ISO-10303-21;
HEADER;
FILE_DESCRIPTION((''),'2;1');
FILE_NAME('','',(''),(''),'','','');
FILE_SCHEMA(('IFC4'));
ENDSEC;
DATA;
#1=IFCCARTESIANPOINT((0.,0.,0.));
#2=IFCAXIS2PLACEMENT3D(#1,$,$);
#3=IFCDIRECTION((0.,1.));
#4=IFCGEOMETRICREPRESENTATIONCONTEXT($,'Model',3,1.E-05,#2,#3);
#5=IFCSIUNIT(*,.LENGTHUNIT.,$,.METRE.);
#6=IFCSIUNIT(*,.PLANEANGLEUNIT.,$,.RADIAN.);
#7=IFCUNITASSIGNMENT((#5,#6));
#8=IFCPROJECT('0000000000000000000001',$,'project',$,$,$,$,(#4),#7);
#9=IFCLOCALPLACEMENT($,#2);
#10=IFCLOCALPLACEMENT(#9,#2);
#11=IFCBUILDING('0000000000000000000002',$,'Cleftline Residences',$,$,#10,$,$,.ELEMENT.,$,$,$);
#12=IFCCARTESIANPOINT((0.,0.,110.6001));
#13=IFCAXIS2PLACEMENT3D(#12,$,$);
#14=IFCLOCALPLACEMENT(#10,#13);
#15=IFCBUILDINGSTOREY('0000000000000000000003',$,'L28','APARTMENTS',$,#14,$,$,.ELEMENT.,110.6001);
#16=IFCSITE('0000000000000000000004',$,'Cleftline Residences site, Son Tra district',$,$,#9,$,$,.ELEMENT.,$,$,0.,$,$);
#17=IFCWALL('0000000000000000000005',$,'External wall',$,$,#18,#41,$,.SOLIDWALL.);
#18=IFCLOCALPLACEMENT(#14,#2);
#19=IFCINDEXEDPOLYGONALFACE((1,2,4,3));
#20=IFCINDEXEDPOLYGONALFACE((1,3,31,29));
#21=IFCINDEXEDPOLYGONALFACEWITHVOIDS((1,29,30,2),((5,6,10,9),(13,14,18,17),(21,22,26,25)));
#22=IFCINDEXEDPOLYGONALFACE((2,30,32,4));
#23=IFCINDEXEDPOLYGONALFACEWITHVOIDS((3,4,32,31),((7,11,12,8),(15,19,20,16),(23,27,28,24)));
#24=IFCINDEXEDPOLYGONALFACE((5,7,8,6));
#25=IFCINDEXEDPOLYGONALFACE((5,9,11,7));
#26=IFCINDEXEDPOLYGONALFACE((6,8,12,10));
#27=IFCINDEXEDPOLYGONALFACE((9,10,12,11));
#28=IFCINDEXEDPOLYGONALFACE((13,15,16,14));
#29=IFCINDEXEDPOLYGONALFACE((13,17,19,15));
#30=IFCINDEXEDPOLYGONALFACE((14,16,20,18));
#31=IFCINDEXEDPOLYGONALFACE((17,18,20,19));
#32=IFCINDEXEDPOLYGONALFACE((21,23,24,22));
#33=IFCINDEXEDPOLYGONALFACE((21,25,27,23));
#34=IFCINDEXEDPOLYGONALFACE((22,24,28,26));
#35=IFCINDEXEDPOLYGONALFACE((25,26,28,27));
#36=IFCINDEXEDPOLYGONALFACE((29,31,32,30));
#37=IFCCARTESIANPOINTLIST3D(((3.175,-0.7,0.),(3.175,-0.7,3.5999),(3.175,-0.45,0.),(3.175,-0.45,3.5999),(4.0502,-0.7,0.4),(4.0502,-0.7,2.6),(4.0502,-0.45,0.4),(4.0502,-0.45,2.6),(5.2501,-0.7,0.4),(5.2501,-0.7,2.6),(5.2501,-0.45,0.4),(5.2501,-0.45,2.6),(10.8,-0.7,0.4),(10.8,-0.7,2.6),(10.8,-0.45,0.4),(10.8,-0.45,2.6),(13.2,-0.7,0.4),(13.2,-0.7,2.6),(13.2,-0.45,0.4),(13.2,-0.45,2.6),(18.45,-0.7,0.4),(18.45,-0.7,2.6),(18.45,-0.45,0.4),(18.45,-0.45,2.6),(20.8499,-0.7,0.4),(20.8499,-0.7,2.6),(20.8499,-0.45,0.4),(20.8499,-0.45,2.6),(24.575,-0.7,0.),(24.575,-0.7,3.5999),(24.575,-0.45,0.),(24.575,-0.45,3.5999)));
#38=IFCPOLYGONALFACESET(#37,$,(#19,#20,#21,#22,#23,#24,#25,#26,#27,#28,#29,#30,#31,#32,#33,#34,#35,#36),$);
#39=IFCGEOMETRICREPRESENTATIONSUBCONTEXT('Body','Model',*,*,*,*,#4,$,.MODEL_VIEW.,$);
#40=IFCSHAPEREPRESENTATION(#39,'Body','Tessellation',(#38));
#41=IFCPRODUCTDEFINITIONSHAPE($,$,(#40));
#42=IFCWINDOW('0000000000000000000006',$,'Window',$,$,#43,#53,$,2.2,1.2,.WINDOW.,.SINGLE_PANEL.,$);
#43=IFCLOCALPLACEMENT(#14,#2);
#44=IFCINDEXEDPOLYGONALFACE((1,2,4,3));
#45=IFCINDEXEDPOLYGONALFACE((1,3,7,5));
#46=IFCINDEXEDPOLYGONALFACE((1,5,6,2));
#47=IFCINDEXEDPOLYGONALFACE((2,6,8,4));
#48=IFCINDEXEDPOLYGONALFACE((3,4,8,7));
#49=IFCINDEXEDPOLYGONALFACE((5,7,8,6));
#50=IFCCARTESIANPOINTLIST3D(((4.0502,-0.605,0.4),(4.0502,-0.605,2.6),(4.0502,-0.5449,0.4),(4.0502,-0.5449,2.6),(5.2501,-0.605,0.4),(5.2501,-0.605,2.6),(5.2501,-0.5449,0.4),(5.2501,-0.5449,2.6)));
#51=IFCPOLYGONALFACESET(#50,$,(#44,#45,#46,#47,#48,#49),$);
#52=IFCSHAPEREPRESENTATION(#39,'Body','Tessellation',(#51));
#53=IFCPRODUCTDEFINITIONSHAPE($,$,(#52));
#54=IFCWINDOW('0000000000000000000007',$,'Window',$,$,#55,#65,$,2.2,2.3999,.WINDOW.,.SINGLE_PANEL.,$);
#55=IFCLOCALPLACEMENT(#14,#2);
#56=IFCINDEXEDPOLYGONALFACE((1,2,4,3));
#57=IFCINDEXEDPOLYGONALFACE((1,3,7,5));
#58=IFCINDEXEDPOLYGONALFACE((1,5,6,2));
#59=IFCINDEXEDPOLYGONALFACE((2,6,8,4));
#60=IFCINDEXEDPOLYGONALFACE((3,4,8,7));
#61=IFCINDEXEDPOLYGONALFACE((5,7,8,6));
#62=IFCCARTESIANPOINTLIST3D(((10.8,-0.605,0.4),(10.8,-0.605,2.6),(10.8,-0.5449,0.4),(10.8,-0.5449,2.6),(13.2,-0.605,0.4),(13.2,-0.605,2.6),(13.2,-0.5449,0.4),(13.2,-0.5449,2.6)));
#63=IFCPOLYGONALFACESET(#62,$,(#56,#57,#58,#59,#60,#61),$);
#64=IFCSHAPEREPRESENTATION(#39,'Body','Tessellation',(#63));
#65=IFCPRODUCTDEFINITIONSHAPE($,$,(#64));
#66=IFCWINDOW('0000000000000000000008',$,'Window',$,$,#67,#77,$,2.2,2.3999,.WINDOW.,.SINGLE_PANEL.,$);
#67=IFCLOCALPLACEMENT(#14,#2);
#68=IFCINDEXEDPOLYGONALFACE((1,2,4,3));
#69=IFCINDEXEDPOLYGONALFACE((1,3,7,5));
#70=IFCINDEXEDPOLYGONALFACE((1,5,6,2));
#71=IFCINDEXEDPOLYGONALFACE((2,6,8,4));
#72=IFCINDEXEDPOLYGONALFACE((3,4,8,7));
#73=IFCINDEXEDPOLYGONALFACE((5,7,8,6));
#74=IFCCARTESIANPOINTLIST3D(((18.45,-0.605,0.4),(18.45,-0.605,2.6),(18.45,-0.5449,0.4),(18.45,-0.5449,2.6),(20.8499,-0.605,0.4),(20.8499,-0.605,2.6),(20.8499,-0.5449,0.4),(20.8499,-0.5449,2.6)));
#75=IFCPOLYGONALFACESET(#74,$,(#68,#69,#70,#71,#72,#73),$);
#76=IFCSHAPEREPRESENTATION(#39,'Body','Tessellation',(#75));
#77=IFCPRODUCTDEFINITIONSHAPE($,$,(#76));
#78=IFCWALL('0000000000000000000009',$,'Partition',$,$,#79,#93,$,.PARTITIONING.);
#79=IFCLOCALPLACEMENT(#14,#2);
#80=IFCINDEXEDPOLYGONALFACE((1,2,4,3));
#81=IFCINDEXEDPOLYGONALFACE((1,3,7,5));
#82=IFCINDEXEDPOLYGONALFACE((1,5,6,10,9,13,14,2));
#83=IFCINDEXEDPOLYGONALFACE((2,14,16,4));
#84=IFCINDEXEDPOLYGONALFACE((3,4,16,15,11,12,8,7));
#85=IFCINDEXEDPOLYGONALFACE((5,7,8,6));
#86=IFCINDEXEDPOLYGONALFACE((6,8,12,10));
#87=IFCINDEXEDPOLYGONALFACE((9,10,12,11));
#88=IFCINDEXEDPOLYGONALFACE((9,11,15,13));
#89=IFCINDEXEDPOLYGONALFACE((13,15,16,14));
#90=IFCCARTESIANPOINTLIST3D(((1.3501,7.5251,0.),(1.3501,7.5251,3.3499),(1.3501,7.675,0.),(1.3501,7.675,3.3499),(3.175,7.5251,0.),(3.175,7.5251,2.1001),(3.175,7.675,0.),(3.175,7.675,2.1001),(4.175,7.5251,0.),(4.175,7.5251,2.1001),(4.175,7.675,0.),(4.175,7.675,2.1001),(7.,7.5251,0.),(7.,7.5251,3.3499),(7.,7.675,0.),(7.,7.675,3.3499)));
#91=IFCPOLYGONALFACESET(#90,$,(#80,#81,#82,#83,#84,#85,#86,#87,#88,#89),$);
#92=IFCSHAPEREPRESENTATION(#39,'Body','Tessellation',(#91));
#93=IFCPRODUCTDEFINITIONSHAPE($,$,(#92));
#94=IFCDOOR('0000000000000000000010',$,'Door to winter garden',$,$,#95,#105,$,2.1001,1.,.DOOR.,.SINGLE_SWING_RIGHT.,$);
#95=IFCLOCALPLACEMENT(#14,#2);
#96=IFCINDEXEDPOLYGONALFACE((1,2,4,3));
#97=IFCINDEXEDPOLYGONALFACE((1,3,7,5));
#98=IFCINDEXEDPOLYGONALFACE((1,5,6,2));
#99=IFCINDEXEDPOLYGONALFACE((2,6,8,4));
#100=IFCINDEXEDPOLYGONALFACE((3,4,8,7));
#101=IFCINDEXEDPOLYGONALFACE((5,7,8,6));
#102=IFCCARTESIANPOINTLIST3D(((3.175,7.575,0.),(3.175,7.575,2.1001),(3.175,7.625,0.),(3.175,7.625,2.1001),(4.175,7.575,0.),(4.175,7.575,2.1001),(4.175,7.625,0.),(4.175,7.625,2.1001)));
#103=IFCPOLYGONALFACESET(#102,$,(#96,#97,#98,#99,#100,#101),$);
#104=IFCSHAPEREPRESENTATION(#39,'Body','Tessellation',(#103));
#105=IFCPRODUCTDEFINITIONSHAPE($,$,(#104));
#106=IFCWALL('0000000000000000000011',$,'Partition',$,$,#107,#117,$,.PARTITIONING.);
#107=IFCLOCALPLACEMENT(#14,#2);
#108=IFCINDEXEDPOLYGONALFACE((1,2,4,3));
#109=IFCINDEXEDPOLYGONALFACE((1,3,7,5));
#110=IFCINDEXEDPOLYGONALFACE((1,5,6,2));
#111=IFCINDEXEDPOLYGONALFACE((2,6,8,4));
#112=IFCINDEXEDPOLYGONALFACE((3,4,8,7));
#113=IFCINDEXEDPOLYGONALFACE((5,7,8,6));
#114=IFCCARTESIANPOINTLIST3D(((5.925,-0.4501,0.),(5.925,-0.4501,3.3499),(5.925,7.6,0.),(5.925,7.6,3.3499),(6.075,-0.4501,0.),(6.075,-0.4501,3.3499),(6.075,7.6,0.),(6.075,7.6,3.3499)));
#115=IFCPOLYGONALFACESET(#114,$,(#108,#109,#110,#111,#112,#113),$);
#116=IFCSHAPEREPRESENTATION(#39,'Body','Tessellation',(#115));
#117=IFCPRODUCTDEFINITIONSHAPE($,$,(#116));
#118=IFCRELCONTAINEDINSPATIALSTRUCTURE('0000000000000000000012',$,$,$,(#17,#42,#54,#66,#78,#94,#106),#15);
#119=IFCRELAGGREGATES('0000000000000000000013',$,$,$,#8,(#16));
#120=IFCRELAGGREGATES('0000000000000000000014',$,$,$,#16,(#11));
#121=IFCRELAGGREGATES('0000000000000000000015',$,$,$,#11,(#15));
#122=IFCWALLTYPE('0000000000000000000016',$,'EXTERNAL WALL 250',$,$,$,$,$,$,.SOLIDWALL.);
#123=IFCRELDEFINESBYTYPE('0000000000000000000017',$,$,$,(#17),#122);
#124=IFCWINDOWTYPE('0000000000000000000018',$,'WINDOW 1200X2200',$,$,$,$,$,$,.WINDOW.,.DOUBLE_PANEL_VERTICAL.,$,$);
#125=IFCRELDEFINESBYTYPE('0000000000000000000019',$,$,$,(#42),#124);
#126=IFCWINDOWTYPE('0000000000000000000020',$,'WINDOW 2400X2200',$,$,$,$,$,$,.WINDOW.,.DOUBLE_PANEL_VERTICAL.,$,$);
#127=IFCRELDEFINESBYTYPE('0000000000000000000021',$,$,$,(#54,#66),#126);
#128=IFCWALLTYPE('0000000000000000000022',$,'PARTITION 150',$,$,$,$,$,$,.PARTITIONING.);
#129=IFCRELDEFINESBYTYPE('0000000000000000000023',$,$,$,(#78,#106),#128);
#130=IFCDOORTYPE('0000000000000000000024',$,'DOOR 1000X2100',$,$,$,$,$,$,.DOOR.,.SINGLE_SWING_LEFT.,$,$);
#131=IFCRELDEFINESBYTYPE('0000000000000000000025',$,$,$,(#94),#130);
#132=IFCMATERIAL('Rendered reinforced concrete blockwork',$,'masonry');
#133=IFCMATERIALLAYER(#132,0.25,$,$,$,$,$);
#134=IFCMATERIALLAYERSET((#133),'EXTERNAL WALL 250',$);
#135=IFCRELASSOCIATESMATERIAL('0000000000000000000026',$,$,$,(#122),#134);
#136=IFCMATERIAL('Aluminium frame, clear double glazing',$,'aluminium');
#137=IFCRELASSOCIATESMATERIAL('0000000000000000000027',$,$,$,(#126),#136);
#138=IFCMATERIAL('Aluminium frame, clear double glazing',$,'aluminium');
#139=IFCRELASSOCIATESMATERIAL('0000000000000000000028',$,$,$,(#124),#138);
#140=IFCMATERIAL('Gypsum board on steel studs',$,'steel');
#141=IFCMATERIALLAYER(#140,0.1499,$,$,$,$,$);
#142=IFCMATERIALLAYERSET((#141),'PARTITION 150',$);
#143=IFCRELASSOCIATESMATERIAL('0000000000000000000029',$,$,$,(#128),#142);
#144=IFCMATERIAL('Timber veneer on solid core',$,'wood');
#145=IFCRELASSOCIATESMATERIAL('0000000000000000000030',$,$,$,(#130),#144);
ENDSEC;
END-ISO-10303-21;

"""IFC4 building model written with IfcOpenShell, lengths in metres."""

from ifc_helpers import new_model, si_unit, direction, frame, frame_2d, origin, place, context, subcontext, project, spatial, rectangle, extrude, material, layer, layer_set, type_object, element, fill, save


model = new_model("IFC4")

# Units and contexts
model_context = context("Model", 3, precision=1e-05, world=origin(), true_north=direction((0.0, 1.0)))
body_context = subcontext(model_context, "Body", "Model", "MODEL_VIEW")
ifc_project = project(units=[si_unit("LENGTHUNIT", "METRE"), si_unit("PLANEANGLEUNIT", "RADIAN")], contexts=[model_context])

# Site, building, storey
site_placement = place(None, origin())
site = spatial("IfcSite", under=ifc_project, at=site_placement, Name="Cleftline Residences site, Son Tra district", CompositionType="ELEMENT", RefElevation=0.0)
building_placement = place(site_placement, origin())
building = spatial("IfcBuilding", under=site, at=building_placement, Name="Cleftline Residences", CompositionType="ELEMENT")
storey_placement = place(building_placement, frame((0.0, 0.0, 110.6001)))
storey = spatial("IfcBuildingStorey", under=building, at=storey_placement, Name="L28", Description="APARTMENTS", CompositionType="ELEMENT", Elevation=110.6001)

# Shared definitions
ifc_material_1 = material(Name="Rendered reinforced concrete blockwork", Category="masonry")
ifc_layer_1 = layer(ifc_material_1, 0.25)
ifc_layer_set_1 = layer_set([ifc_layer_1], Name="EXTERNAL WALL 250")
wall_type_1 = type_object("IfcWallType", Name="EXTERNAL WALL 250", PredefinedType="SOLIDWALL", material=ifc_layer_set_1)
ifc_material_2 = material(Name="Aluminium frame, clear double glazing", Category="aluminium")
window_type_1 = type_object("IfcWindowType", Name="WINDOW 2400X2200", PartitioningType="DOUBLE_PANEL_VERTICAL", PredefinedType="WINDOW", material=ifc_material_2)

# Wall, openings, windows
wall_1_placement = place(storey_placement, frame((3.175, -0.575, 0.0), z_axis=(0.0, 0.0, 1.0), x_axis=(1.0, 0.0, 0.0)))
wall_1 = element("IfcWall", 1, at=wall_1_placement, inside=storey, type_object=wall_type_1, Name="External wall", PredefinedType="SOLIDWALL", context=body_context, shape_type="SweptSolid", body=[
    extrude(rectangle(XDim=21.3999, YDim=0.25, at=frame_2d((10.7, 0.0))), origin(), (0.0, 0.0, 1.0), 3.5999),
])
opening_1_placement = place(wall_1_placement, frame((0.875, 0.0, 0.3999)))
opening_1 = element("IfcOpeningElement", 2, at=opening_1_placement, cuts=wall_1, PredefinedType="OPENING", context=body_context, shape_type="SweptSolid", body=[
    extrude(rectangle(XDim=1.2, YDim=2.2, at=frame_2d((0.6001, 1.1001))), frame((0.0, 0.135, 0.0), z_axis=(0.0, -1.0, 0.0), x_axis=(1.0, 0.0, 0.0)), (0.0, 0.0, 1.0), 0.27),
])
opening_2_placement = place(wall_1_placement, frame((7.625, 0.0, 0.3999)))
opening_2 = element("IfcOpeningElement", 3, at=opening_2_placement, cuts=wall_1, PredefinedType="OPENING", context=body_context, shape_type="SweptSolid", body=[
    extrude(rectangle(XDim=2.3999, YDim=2.2, at=frame_2d((1.2, 1.1001))), frame((0.0, 0.135, 0.0), z_axis=(0.0, -1.0, 0.0), x_axis=(1.0, 0.0, 0.0)), (0.0, 0.0, 1.0), 0.27),
])
opening_3_placement = place(wall_1_placement, frame((15.2749, 0.0, 0.3999)))
opening_3 = element("IfcOpeningElement", 4, at=opening_3_placement, cuts=wall_1, PredefinedType="OPENING", context=body_context, shape_type="SweptSolid", body=[
    extrude(rectangle(XDim=2.3999, YDim=2.2, at=frame_2d((1.2, 1.1001))), frame((0.0, 0.135, 0.0), z_axis=(0.0, -1.0, 0.0), x_axis=(1.0, 0.0, 0.0)), (0.0, 0.0, 1.0), 0.27),
])
ifc_material_3 = material(Name="Aluminium frame, clear double glazing", Category="aluminium")
window_type_2 = type_object("IfcWindowType", Name="WINDOW 1200X2200", PartitioningType="DOUBLE_PANEL_VERTICAL", PredefinedType="WINDOW", material=ifc_material_3)
window_1_placement = place(opening_1_placement, origin())
window_1 = element("IfcWindow", 5, at=window_1_placement, inside=storey, type_object=window_type_2, Name="Window", OverallHeight=2.2, OverallWidth=1.2, PartitioningType="SINGLE_PANEL", PredefinedType="WINDOW", context=body_context, shape_type="SweptSolid", body=[
    extrude(rectangle(XDim=1.2, YDim=2.2, at=frame_2d((0.6001, 1.1001))), frame((0.0, 0.03, 0.0), z_axis=(0.0, -1.0, 0.0), x_axis=(1.0, 0.0, 0.0)), (0.0, 0.0, 1.0), 0.0601),
])
fill(opening_1, window_1)
window_2_placement = place(opening_2_placement, origin())
window_2 = element("IfcWindow", 6, at=window_2_placement, inside=storey, type_object=window_type_1, Name="Window", OverallHeight=2.2, OverallWidth=2.3999, PartitioningType="SINGLE_PANEL", PredefinedType="WINDOW", context=body_context, shape_type="SweptSolid", body=[
    extrude(rectangle(XDim=2.3999, YDim=2.2, at=frame_2d((1.2, 1.1001))), frame((0.0, 0.03, 0.0), z_axis=(0.0, -1.0, 0.0), x_axis=(1.0, 0.0, 0.0)), (0.0, 0.0, 1.0), 0.0601),
])
fill(opening_2, window_2)
window_3_placement = place(opening_3_placement, origin())
window_3 = element("IfcWindow", 7, at=window_3_placement, inside=storey, type_object=window_type_1, Name="Window", OverallHeight=2.2, OverallWidth=2.3999, PartitioningType="SINGLE_PANEL", PredefinedType="WINDOW", context=body_context, shape_type="SweptSolid", body=[
    extrude(rectangle(XDim=2.3999, YDim=2.2, at=frame_2d((1.2, 1.1001))), frame((0.0, 0.03, 0.0), z_axis=(0.0, -1.0, 0.0), x_axis=(1.0, 0.0, 0.0)), (0.0, 0.0, 1.0), 0.0601),
])
fill(opening_3, window_3)

# Wall, opening, door
ifc_material_4 = material(Name="Gypsum board on steel studs", Category="steel")
ifc_layer_2 = layer(ifc_material_4, 0.1499)
ifc_layer_set_2 = layer_set([ifc_layer_2], Name="PARTITION 150")
wall_type_2 = type_object("IfcWallType", Name="PARTITION 150", PredefinedType="PARTITIONING", material=ifc_layer_set_2)
wall_2_placement = place(storey_placement, frame((1.3501, 7.6001, 0.0), z_axis=(0.0, 0.0, 1.0), x_axis=(1.0, 0.0, 0.0)))
wall_2 = element("IfcWall", 8, at=wall_2_placement, inside=storey, type_object=wall_type_2, Name="Partition", PredefinedType="PARTITIONING", context=body_context, shape_type="SweptSolid", body=[
    extrude(rectangle(XDim=5.6499, YDim=0.1499, at=frame_2d((2.825, 0.0))), origin(), (0.0, 0.0, 1.0), 3.3499),
])
opening_4_placement = place(wall_2_placement, frame((1.825, 0.0, 0.0)))
opening_4 = element("IfcOpeningElement", 9, at=opening_4_placement, cuts=wall_2, PredefinedType="OPENING", context=body_context, shape_type="SweptSolid", body=[
    extrude(rectangle(XDim=1.0, YDim=2.1001, at=frame_2d((0.5, 1.05))), frame((0.0, 0.085, 0.0), z_axis=(0.0, -1.0, 0.0), x_axis=(1.0, 0.0, 0.0)), (0.0, 0.0, 1.0), 0.1699),
])
ifc_material_5 = material(Name="Timber veneer on solid core", Category="wood")
door_type = type_object("IfcDoorType", Name="DOOR 1000X2100", OperationType="SINGLE_SWING_LEFT", PredefinedType="DOOR", material=ifc_material_5)
door_placement = place(opening_4_placement, origin())
door = element("IfcDoor", 10, at=door_placement, inside=storey, type_object=door_type, Name="Door to winter garden", OperationType="SINGLE_SWING_RIGHT", OverallHeight=2.1001, OverallWidth=1.0, PredefinedType="DOOR", context=body_context, shape_type="SweptSolid", body=[
    extrude(rectangle(XDim=1.0, YDim=2.1001, at=frame_2d((0.5, 1.05))), frame((0.0, 0.0249, 0.0), z_axis=(0.0, -1.0, 0.0), x_axis=(1.0, 0.0, 0.0)), (0.0, 0.0, 1.0), 0.05),
])
fill(opening_4, door)

# Wall
wall_3_placement = place(storey_placement, frame((6.0, -0.45, 0.0), z_axis=(0.0, 0.0, 1.0), x_axis=(0.0, 1.0, 0.0)))
element("IfcWall", 11, at=wall_3_placement, inside=storey, type_object=wall_type_2, Name="Partition", PredefinedType="PARTITIONING", context=body_context, shape_type="SweptSolid", body=[
    extrude(rectangle(XDim=8.05, YDim=0.1499, at=frame_2d((4.0249, 0.0))), origin(), (0.0, 0.0, 1.0), 3.3499),
])

save(model, "model.ifc")
